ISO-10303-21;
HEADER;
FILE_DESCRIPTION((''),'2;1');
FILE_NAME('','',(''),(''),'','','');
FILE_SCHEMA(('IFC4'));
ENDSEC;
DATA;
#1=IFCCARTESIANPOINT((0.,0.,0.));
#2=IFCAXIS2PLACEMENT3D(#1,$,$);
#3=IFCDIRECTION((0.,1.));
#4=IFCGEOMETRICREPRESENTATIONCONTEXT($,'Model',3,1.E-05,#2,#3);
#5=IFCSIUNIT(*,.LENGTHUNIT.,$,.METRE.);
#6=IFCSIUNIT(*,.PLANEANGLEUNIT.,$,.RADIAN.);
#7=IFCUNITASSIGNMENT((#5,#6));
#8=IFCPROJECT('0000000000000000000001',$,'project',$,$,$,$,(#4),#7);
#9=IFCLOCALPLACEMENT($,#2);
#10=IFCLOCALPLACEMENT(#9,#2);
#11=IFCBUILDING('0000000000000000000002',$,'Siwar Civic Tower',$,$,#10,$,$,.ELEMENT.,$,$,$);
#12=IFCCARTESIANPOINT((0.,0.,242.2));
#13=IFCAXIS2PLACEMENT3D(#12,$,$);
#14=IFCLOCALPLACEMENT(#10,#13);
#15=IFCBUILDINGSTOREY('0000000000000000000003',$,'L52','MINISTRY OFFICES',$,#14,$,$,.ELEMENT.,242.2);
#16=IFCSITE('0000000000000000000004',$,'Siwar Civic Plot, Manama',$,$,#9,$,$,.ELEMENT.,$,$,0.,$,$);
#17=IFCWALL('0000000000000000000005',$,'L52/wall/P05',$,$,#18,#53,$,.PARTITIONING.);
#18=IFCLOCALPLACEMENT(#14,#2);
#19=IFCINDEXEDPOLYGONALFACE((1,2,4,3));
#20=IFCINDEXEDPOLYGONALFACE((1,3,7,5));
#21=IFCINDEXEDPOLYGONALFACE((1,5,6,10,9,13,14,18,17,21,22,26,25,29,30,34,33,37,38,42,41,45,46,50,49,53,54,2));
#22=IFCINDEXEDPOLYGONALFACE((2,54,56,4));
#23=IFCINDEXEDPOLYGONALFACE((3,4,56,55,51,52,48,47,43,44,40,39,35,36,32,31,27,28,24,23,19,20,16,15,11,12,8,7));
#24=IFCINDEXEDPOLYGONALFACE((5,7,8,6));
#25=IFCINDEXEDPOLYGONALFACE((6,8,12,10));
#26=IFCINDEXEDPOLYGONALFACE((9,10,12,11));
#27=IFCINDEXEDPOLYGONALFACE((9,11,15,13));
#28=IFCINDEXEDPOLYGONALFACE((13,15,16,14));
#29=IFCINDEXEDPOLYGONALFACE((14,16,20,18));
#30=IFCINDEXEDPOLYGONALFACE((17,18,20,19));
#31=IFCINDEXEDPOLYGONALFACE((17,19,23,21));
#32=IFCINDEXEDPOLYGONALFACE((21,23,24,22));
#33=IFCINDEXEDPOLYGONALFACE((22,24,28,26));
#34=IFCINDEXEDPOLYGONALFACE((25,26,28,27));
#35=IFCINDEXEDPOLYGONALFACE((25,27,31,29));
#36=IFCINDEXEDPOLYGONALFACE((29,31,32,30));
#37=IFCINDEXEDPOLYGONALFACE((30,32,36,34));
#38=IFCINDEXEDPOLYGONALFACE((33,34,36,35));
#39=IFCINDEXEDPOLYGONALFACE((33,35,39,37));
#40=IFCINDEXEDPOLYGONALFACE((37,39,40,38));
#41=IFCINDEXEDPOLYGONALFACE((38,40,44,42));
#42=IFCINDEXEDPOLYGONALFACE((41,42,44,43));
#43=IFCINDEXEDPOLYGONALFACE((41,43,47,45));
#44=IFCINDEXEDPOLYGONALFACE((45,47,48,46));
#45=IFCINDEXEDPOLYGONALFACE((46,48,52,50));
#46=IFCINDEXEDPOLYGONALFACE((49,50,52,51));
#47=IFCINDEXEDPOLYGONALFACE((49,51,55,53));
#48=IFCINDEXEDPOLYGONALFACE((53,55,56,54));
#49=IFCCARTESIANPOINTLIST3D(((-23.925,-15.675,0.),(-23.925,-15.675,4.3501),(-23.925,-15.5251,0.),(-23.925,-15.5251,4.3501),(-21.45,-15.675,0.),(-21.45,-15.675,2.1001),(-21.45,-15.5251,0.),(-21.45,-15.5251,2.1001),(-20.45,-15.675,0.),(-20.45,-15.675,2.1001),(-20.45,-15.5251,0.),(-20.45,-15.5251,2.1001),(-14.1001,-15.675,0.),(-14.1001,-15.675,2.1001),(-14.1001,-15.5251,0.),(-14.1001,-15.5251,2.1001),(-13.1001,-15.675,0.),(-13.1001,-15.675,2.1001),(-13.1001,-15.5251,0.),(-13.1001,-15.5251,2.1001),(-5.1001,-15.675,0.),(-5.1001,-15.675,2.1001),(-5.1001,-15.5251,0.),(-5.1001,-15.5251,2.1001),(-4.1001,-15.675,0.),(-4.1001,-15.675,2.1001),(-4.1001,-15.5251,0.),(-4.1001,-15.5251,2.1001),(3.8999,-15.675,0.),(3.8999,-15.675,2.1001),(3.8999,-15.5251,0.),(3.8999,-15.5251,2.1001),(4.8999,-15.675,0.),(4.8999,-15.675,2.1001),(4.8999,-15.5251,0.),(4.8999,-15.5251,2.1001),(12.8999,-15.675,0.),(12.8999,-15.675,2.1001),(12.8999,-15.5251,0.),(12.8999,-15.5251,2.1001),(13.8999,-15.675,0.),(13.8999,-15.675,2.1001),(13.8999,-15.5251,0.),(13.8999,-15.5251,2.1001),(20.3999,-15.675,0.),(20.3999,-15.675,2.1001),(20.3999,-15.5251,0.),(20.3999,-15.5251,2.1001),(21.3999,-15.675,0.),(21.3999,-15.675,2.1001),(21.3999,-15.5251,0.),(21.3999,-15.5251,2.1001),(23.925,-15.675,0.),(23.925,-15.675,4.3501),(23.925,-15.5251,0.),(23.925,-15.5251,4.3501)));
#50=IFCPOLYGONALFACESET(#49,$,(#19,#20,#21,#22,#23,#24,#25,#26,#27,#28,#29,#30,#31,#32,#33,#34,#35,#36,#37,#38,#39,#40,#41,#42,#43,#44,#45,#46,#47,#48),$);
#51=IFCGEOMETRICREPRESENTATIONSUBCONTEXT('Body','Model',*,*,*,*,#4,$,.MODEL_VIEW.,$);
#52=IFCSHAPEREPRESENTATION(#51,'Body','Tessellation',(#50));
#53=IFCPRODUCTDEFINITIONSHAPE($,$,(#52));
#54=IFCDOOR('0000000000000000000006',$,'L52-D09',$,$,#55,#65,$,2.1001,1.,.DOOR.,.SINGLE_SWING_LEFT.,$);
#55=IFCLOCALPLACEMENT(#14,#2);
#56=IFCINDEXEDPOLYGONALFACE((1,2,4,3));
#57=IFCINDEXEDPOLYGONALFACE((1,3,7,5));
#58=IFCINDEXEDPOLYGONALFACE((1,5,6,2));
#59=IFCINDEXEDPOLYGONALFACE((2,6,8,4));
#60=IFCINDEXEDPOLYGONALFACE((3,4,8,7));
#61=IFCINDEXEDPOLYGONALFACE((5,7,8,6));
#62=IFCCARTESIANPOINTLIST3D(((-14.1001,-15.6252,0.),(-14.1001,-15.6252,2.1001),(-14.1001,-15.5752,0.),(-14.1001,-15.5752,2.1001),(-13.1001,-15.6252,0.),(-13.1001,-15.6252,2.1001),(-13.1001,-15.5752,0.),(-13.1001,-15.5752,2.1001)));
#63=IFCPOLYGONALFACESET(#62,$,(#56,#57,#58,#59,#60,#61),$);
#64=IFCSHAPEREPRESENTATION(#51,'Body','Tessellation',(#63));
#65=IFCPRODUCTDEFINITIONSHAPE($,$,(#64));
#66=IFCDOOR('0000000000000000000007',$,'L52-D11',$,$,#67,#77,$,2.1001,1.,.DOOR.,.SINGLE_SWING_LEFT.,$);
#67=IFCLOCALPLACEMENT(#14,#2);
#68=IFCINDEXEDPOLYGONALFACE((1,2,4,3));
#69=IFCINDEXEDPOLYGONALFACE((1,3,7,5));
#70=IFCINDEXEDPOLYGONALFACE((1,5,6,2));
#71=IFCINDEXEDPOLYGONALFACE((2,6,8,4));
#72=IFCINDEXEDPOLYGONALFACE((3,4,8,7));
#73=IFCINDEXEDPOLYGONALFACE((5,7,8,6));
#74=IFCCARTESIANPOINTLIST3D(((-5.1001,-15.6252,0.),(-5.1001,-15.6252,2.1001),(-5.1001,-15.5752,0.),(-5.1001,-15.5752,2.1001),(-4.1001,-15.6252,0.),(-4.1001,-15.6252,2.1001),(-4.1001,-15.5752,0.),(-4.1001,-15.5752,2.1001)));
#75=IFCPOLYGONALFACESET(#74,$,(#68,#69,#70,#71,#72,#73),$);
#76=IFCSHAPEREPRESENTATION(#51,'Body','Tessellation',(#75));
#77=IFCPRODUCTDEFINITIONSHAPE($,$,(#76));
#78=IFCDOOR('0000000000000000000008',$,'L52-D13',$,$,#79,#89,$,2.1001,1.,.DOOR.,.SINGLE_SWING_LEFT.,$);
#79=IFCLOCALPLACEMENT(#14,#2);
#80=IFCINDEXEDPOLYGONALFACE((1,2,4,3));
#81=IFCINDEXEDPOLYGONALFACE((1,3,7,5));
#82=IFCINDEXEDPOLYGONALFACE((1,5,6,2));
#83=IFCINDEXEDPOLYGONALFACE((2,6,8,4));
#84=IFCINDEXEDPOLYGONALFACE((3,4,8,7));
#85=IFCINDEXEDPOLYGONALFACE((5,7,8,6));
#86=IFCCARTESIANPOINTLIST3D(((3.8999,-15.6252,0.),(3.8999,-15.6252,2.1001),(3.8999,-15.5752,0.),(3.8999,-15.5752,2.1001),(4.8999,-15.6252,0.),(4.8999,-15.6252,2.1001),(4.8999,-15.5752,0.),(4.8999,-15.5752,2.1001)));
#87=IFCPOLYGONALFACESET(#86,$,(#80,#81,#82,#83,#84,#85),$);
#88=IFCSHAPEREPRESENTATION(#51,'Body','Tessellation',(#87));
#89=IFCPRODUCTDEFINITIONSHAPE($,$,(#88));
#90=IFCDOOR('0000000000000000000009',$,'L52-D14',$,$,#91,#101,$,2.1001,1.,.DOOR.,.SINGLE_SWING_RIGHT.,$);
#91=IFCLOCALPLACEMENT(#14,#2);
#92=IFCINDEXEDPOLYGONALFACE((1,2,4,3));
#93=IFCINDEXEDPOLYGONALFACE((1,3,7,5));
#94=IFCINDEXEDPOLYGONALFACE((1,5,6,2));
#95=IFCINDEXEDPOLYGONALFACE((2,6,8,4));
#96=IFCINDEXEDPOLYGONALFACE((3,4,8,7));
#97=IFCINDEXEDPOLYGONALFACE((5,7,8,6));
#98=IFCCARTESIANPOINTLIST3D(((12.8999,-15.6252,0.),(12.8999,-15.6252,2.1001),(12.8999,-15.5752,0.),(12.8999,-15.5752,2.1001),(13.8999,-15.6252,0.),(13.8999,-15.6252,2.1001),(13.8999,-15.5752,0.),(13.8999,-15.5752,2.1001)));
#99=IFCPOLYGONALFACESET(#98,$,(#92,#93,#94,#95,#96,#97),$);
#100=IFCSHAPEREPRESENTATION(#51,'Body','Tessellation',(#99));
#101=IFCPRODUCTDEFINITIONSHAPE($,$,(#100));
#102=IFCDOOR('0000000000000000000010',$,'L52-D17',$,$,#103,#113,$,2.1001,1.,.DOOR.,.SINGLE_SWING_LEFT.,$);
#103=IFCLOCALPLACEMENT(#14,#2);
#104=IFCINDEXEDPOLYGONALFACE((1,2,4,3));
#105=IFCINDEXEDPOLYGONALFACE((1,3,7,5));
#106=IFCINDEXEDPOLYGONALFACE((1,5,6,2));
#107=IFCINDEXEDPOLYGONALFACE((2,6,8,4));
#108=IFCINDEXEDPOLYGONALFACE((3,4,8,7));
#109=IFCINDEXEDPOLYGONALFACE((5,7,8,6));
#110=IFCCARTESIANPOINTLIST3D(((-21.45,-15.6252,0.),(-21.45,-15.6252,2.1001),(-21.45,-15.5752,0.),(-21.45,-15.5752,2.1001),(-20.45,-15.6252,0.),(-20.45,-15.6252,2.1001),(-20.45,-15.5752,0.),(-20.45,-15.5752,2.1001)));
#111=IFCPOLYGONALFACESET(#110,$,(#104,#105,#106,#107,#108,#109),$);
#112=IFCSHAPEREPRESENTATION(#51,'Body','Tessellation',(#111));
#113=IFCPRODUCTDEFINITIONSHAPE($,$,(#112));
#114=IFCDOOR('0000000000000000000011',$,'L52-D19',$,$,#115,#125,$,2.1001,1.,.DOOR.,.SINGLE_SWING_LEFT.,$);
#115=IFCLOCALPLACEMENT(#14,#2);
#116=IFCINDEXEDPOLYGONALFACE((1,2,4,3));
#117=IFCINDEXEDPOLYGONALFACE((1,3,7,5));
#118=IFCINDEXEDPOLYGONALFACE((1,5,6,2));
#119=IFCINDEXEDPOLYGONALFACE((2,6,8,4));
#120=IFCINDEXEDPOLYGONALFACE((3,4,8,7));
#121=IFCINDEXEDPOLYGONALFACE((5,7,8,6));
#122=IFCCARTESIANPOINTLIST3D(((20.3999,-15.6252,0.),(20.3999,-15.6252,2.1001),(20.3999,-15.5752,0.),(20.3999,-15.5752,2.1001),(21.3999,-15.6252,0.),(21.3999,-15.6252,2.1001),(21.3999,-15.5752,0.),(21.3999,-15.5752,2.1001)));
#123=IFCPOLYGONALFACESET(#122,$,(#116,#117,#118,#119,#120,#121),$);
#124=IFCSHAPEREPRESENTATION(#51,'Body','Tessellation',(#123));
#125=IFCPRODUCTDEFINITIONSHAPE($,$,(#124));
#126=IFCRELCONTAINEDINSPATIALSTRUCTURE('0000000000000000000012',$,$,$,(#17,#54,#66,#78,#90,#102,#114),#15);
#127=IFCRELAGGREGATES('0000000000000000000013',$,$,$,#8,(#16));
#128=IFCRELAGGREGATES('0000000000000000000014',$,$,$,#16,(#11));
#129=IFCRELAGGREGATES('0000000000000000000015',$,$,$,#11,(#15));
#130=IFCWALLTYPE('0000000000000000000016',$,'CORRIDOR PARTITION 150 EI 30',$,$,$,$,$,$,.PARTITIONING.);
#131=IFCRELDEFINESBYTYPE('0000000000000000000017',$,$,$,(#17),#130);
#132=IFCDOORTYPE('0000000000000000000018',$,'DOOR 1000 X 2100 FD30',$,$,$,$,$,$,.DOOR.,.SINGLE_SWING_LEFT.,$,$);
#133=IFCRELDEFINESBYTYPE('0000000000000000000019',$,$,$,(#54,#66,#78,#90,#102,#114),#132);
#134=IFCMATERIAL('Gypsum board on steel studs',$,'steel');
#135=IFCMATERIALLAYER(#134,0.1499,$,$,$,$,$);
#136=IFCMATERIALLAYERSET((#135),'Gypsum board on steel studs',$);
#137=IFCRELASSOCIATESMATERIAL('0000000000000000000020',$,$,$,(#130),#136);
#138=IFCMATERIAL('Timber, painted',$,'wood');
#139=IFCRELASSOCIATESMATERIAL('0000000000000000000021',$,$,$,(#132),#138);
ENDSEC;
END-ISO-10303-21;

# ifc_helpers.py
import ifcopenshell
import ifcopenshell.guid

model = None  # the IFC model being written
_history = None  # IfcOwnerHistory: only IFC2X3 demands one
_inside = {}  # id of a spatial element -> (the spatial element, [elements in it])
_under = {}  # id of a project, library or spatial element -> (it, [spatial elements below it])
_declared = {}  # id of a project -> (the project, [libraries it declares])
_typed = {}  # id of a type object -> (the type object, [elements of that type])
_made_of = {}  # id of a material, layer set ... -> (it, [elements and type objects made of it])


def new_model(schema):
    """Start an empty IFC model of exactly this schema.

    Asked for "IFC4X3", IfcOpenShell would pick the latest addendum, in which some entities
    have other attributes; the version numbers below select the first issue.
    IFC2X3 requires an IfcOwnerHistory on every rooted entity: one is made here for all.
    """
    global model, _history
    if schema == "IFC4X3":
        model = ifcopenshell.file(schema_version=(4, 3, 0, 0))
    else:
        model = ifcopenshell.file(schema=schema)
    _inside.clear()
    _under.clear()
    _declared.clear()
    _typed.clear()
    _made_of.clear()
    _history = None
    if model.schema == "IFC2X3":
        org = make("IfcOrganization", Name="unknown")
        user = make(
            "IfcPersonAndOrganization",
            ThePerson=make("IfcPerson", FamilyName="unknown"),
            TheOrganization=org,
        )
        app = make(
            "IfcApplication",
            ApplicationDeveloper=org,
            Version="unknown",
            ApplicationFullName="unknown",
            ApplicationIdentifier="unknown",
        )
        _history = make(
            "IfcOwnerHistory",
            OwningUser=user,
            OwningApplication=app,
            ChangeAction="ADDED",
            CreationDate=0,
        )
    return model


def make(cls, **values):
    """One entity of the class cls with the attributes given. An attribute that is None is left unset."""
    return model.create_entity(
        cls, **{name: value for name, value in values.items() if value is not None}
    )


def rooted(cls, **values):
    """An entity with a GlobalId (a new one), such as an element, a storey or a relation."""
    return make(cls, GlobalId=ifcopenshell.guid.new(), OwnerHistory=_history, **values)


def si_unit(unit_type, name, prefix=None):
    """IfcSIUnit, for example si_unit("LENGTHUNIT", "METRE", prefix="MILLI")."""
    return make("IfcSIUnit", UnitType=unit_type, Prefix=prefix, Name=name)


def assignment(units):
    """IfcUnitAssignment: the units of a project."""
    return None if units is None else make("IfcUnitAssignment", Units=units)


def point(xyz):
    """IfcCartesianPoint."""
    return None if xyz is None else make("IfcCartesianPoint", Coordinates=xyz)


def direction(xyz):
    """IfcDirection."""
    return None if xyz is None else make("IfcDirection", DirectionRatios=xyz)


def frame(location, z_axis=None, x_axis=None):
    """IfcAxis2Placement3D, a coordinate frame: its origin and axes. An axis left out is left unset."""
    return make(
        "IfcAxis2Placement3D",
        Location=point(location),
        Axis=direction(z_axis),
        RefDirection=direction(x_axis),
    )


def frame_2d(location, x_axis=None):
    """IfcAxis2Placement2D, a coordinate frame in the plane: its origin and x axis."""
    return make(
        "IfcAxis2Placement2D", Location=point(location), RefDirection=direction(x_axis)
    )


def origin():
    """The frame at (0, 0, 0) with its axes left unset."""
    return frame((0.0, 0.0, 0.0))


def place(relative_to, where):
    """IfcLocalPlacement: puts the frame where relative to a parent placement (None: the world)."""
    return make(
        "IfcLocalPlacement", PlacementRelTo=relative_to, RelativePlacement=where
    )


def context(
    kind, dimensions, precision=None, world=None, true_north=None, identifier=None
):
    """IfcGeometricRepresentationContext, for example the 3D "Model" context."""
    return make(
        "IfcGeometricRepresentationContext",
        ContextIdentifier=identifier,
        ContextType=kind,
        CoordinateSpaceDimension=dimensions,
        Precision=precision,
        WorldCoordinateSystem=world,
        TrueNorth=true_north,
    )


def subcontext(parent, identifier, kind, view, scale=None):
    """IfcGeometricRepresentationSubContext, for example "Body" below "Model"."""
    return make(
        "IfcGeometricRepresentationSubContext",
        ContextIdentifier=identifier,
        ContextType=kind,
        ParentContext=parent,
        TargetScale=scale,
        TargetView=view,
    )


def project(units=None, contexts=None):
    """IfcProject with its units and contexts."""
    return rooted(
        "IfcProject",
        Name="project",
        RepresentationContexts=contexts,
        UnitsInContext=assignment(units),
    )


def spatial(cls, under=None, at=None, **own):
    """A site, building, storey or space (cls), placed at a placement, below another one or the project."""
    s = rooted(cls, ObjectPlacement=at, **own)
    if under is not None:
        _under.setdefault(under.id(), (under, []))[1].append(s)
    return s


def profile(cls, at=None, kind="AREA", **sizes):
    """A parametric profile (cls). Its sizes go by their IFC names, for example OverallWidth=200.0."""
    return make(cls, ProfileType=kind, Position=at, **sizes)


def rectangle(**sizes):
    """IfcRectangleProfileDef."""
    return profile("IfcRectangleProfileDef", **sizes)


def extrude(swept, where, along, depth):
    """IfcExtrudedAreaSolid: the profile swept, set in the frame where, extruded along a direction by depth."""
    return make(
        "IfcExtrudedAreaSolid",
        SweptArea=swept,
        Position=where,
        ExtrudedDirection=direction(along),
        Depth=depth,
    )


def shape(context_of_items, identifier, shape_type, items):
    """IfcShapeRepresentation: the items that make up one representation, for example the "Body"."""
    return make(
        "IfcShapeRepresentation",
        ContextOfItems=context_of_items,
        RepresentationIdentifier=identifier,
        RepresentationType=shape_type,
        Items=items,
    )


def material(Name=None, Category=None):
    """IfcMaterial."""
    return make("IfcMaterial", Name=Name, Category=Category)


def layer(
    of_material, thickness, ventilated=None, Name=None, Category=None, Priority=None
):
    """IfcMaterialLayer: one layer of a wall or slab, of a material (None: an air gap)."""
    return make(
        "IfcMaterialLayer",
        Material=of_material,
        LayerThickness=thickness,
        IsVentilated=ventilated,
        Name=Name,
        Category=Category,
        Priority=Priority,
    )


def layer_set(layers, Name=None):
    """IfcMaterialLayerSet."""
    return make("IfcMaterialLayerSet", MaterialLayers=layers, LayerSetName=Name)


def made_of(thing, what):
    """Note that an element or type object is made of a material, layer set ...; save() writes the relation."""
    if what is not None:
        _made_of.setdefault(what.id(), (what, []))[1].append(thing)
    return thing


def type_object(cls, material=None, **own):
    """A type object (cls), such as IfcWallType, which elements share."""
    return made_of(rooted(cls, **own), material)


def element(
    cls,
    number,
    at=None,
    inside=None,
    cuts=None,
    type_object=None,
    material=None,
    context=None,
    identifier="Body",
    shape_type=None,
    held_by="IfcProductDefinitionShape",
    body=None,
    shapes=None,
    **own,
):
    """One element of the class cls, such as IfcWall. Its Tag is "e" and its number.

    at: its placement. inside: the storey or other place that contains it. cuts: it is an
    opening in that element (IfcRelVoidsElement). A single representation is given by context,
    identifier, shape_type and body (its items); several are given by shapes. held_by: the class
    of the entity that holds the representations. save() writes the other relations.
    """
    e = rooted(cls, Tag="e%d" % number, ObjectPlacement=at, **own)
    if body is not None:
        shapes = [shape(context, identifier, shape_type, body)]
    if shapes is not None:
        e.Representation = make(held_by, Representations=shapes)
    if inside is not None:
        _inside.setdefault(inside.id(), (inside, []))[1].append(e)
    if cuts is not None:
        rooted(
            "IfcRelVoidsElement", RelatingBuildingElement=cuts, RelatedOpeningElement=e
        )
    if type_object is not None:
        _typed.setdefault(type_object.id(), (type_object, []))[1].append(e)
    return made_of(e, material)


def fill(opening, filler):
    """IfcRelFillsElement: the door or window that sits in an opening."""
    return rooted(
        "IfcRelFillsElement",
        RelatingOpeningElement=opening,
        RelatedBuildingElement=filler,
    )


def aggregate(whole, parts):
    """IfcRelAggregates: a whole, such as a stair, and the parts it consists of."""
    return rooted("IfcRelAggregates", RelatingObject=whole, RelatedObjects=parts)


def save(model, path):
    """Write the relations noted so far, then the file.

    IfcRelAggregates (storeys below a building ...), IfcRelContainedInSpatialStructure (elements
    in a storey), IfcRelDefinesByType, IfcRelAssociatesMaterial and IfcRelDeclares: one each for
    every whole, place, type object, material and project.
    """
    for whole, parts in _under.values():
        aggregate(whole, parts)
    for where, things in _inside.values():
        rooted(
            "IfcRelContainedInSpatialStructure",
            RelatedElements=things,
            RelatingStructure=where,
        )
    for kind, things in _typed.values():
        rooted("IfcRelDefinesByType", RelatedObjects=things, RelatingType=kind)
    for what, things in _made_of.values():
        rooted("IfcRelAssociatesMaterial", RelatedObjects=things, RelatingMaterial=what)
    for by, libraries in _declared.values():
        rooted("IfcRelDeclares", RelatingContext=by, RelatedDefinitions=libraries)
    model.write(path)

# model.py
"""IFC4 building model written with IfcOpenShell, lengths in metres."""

from ifc_helpers import new_model, si_unit, direction, frame, frame_2d, origin, place, context, subcontext, project, spatial, rectangle, extrude, material, layer, layer_set, type_object, element, fill, save


model = new_model("IFC4")

# Units and contexts
model_context = context("Model", 3, precision=1e-05, world=origin(), true_north=direction((0.0, 1.0)))
body_context = subcontext(model_context, "Body", "Model", "MODEL_VIEW")
ifc_project = project(units=[si_unit("LENGTHUNIT", "METRE"), si_unit("PLANEANGLEUNIT", "RADIAN")], contexts=[model_context])

# Site, building, storey
site_placement = place(None, origin())
site = spatial("IfcSite", under=ifc_project, at=site_placement, Name="Siwar Civic Plot, Manama", CompositionType="ELEMENT", RefElevation=0.0)
building_placement = place(site_placement, origin())
building = spatial("IfcBuilding", under=site, at=building_placement, Name="Siwar Civic Tower", CompositionType="ELEMENT")
storey_placement = place(building_placement, frame((0.0, 0.0, 242.2)))
storey = spatial("IfcBuildingStorey", under=building, at=storey_placement, Name="L52", Description="MINISTRY OFFICES", CompositionType="ELEMENT", Elevation=242.2)

# Wall, openings, doors
ifc_material_1 = material(Name="Gypsum board on steel studs", Category="steel")
ifc_layer_1 = layer(ifc_material_1, 0.1499)
ifc_layer_set_1 = layer_set([ifc_layer_1], Name="Gypsum board on steel studs")
wall_type_1 = type_object("IfcWallType", Name="CORRIDOR PARTITION 150 EI 30", PredefinedType="PARTITIONING", material=ifc_layer_set_1)
wall_1_placement = place(storey_placement, frame((-23.925, -15.6001, 0.0), z_axis=(0.0, 0.0, 1.0), x_axis=(1.0, 0.0, 0.0)))
wall_1 = element("IfcWall", 1, at=wall_1_placement, inside=storey, type_object=wall_type_1, Name="L52/wall/P05", PredefinedType="PARTITIONING", context=body_context, shape_type="SweptSolid", body=[
    extrude(rectangle(XDim=47.8501, YDim=0.1499, at=frame_2d((23.925, 0.0))), origin(), (0.0, 0.0, 1.0), 4.3501),
])
opening_1_placement = place(wall_1_placement, frame((9.825, 0.0, 0.0)))
opening_1 = element("IfcOpeningElement", 2, at=opening_1_placement, cuts=wall_1, PredefinedType="OPENING", context=body_context, shape_type="SweptSolid", body=[
    extrude(rectangle(XDim=1.0, YDim=2.1001, at=frame_2d((0.5, 1.05))), frame((0.0, 0.085, 0.0), z_axis=(0.0, -1.0, 0.0), x_axis=(1.0, 0.0, 0.0)), (0.0, 0.0, 1.0), 0.1699),
])
opening_2_placement = place(wall_1_placement, frame((18.825, 0.0, 0.0)))
opening_2 = element("IfcOpeningElement", 3, at=opening_2_placement, cuts=wall_1, PredefinedType="OPENING", context=body_context, shape_type="SweptSolid", body=[
    extrude(rectangle(XDim=1.0, YDim=2.1001, at=frame_2d((0.5, 1.05))), frame((0.0, 0.085, 0.0), z_axis=(0.0, -1.0, 0.0), x_axis=(1.0, 0.0, 0.0)), (0.0, 0.0, 1.0), 0.1699),
])
opening_3_placement = place(wall_1_placement, frame((27.825, 0.0, 0.0)))
opening_3 = element("IfcOpeningElement", 4, at=opening_3_placement, cuts=wall_1, PredefinedType="OPENING", context=body_context, shape_type="SweptSolid", body=[
    extrude(rectangle(XDim=1.0, YDim=2.1001, at=frame_2d((0.5, 1.05))), frame((0.0, 0.085, 0.0), z_axis=(0.0, -1.0, 0.0), x_axis=(1.0, 0.0, 0.0)), (0.0, 0.0, 1.0), 0.1699),
])
opening_4_placement = place(wall_1_placement, frame((36.825, 0.0, 0.0)))
opening_4 = element("IfcOpeningElement", 5, at=opening_4_placement, cuts=wall_1, PredefinedType="OPENING", context=body_context, shape_type="SweptSolid", body=[
    extrude(rectangle(XDim=1.0, YDim=2.1001, at=frame_2d((0.5, 1.05))), frame((0.0, 0.085, 0.0), z_axis=(0.0, -1.0, 0.0), x_axis=(1.0, 0.0, 0.0)), (0.0, 0.0, 1.0), 0.1699),
])
opening_5_placement = place(wall_1_placement, frame((2.4751, 0.0, 0.0)))
opening_5 = element("IfcOpeningElement", 6, at=opening_5_placement, cuts=wall_1, PredefinedType="OPENING", context=body_context, shape_type="SweptSolid", body=[
    extrude(rectangle(XDim=1.0, YDim=2.1001, at=frame_2d((0.5, 1.05))), frame((0.0, 0.085, 0.0), z_axis=(0.0, -1.0, 0.0), x_axis=(1.0, 0.0, 0.0)), (0.0, 0.0, 1.0), 0.1699),
])
opening_6_placement = place(wall_1_placement, frame((44.325, 0.0, 0.0)))
opening_6 = element("IfcOpeningElement", 7, at=opening_6_placement, cuts=wall_1, PredefinedType="OPENING", context=body_context, shape_type="SweptSolid", body=[
    extrude(rectangle(XDim=1.0, YDim=2.1001, at=frame_2d((0.5, 1.05))), frame((0.0, 0.085, 0.0), z_axis=(0.0, -1.0, 0.0), x_axis=(1.0, 0.0, 0.0)), (0.0, 0.0, 1.0), 0.1699),
])
ifc_material_2 = material(Name="Timber, painted", Category="wood")
door_type_1 = type_object("IfcDoorType", Name="DOOR 1000 X 2100 FD30", OperationType="SINGLE_SWING_LEFT", PredefinedType="DOOR", material=ifc_material_2)
door_1_placement = place(opening_1_placement, origin())
door_1 = element("IfcDoor", 8, at=door_1_placement, inside=storey, type_object=door_type_1, Name="L52-D09", OperationType="SINGLE_SWING_LEFT", OverallHeight=2.1001, OverallWidth=1.0, PredefinedType="DOOR", context=body_context, shape_type="SweptSolid", body=[
    extrude(rectangle(XDim=1.0, YDim=2.1001, at=frame_2d((0.5, 1.05))), frame((0.0, 0.0249, 0.0), z_axis=(0.0, -1.0, 0.0), x_axis=(1.0, 0.0, 0.0)), (0.0, 0.0, 1.0), 0.05),
])
fill(opening_1, door_1)
door_2_placement = place(opening_2_placement, origin())
door_2 = element("IfcDoor", 9, at=door_2_placement, inside=storey, type_object=door_type_1, Name="L52-D11", OperationType="SINGLE_SWING_LEFT", OverallHeight=2.1001, OverallWidth=1.0, PredefinedType="DOOR", context=body_context, shape_type="SweptSolid", body=[
    extrude(rectangle(XDim=1.0, YDim=2.1001, at=frame_2d((0.5, 1.05))), frame((0.0, 0.0249, 0.0), z_axis=(0.0, -1.0, 0.0), x_axis=(1.0, 0.0, 0.0)), (0.0, 0.0, 1.0), 0.05),
])
fill(opening_2, door_2)
door_3_placement = place(opening_3_placement, origin())
door_3 = element("IfcDoor", 10, at=door_3_placement, inside=storey, type_object=door_type_1, Name="L52-D13", OperationType="SINGLE_SWING_LEFT", OverallHeight=2.1001, OverallWidth=1.0, PredefinedType="DOOR", context=body_context, shape_type="SweptSolid", body=[
    extrude(rectangle(XDim=1.0, YDim=2.1001, at=frame_2d((0.5, 1.05))), frame((0.0, 0.0249, 0.0), z_axis=(0.0, -1.0, 0.0), x_axis=(1.0, 0.0, 0.0)), (0.0, 0.0, 1.0), 0.05),
])
fill(opening_3, door_3)
door_4_placement = place(opening_4_placement, origin())
door_4 = element("IfcDoor", 11, at=door_4_placement, inside=storey, type_object=door_type_1, Name="L52-D14", OperationType="SINGLE_SWING_RIGHT", OverallHeight=2.1001, OverallWidth=1.0, PredefinedType="DOOR", context=body_context, shape_type="SweptSolid", body=[
    extrude(rectangle(XDim=1.0, YDim=2.1001, at=frame_2d((0.5, 1.05))), frame((0.0, 0.0249, 0.0), z_axis=(0.0, -1.0, 0.0), x_axis=(1.0, 0.0, 0.0)), (0.0, 0.0, 1.0), 0.05),
])
fill(opening_4, door_4)
door_5_placement = place(opening_5_placement, origin())
door_5 = element("IfcDoor", 12, at=door_5_placement, inside=storey, type_object=door_type_1, Name="L52-D17", OperationType="SINGLE_SWING_LEFT", OverallHeight=2.1001, OverallWidth=1.0, PredefinedType="DOOR", context=body_context, shape_type="SweptSolid", body=[
    extrude(rectangle(XDim=1.0, YDim=2.1001, at=frame_2d((0.5, 1.05))), frame((0.0, 0.0249, 0.0), z_axis=(0.0, -1.0, 0.0), x_axis=(1.0, 0.0, 0.0)), (0.0, 0.0, 1.0), 0.05),
])
fill(opening_5, door_5)
door_6_placement = place(opening_6_placement, origin())
door_6 = element("IfcDoor", 13, at=door_6_placement, inside=storey, type_object=door_type_1, Name="L52-D19", OperationType="SINGLE_SWING_LEFT", OverallHeight=2.1001, OverallWidth=1.0, PredefinedType="DOOR", context=body_context, shape_type="SweptSolid", body=[
    extrude(rectangle(XDim=1.0, YDim=2.1001, at=frame_2d((0.5, 1.05))), frame((0.0, 0.0249, 0.0), z_axis=(0.0, -1.0, 0.0), x_axis=(1.0, 0.0, 0.0)), (0.0, 0.0, 1.0), 0.05),
])
fill(opening_6, door_6)

save(model, "model.ifc")
